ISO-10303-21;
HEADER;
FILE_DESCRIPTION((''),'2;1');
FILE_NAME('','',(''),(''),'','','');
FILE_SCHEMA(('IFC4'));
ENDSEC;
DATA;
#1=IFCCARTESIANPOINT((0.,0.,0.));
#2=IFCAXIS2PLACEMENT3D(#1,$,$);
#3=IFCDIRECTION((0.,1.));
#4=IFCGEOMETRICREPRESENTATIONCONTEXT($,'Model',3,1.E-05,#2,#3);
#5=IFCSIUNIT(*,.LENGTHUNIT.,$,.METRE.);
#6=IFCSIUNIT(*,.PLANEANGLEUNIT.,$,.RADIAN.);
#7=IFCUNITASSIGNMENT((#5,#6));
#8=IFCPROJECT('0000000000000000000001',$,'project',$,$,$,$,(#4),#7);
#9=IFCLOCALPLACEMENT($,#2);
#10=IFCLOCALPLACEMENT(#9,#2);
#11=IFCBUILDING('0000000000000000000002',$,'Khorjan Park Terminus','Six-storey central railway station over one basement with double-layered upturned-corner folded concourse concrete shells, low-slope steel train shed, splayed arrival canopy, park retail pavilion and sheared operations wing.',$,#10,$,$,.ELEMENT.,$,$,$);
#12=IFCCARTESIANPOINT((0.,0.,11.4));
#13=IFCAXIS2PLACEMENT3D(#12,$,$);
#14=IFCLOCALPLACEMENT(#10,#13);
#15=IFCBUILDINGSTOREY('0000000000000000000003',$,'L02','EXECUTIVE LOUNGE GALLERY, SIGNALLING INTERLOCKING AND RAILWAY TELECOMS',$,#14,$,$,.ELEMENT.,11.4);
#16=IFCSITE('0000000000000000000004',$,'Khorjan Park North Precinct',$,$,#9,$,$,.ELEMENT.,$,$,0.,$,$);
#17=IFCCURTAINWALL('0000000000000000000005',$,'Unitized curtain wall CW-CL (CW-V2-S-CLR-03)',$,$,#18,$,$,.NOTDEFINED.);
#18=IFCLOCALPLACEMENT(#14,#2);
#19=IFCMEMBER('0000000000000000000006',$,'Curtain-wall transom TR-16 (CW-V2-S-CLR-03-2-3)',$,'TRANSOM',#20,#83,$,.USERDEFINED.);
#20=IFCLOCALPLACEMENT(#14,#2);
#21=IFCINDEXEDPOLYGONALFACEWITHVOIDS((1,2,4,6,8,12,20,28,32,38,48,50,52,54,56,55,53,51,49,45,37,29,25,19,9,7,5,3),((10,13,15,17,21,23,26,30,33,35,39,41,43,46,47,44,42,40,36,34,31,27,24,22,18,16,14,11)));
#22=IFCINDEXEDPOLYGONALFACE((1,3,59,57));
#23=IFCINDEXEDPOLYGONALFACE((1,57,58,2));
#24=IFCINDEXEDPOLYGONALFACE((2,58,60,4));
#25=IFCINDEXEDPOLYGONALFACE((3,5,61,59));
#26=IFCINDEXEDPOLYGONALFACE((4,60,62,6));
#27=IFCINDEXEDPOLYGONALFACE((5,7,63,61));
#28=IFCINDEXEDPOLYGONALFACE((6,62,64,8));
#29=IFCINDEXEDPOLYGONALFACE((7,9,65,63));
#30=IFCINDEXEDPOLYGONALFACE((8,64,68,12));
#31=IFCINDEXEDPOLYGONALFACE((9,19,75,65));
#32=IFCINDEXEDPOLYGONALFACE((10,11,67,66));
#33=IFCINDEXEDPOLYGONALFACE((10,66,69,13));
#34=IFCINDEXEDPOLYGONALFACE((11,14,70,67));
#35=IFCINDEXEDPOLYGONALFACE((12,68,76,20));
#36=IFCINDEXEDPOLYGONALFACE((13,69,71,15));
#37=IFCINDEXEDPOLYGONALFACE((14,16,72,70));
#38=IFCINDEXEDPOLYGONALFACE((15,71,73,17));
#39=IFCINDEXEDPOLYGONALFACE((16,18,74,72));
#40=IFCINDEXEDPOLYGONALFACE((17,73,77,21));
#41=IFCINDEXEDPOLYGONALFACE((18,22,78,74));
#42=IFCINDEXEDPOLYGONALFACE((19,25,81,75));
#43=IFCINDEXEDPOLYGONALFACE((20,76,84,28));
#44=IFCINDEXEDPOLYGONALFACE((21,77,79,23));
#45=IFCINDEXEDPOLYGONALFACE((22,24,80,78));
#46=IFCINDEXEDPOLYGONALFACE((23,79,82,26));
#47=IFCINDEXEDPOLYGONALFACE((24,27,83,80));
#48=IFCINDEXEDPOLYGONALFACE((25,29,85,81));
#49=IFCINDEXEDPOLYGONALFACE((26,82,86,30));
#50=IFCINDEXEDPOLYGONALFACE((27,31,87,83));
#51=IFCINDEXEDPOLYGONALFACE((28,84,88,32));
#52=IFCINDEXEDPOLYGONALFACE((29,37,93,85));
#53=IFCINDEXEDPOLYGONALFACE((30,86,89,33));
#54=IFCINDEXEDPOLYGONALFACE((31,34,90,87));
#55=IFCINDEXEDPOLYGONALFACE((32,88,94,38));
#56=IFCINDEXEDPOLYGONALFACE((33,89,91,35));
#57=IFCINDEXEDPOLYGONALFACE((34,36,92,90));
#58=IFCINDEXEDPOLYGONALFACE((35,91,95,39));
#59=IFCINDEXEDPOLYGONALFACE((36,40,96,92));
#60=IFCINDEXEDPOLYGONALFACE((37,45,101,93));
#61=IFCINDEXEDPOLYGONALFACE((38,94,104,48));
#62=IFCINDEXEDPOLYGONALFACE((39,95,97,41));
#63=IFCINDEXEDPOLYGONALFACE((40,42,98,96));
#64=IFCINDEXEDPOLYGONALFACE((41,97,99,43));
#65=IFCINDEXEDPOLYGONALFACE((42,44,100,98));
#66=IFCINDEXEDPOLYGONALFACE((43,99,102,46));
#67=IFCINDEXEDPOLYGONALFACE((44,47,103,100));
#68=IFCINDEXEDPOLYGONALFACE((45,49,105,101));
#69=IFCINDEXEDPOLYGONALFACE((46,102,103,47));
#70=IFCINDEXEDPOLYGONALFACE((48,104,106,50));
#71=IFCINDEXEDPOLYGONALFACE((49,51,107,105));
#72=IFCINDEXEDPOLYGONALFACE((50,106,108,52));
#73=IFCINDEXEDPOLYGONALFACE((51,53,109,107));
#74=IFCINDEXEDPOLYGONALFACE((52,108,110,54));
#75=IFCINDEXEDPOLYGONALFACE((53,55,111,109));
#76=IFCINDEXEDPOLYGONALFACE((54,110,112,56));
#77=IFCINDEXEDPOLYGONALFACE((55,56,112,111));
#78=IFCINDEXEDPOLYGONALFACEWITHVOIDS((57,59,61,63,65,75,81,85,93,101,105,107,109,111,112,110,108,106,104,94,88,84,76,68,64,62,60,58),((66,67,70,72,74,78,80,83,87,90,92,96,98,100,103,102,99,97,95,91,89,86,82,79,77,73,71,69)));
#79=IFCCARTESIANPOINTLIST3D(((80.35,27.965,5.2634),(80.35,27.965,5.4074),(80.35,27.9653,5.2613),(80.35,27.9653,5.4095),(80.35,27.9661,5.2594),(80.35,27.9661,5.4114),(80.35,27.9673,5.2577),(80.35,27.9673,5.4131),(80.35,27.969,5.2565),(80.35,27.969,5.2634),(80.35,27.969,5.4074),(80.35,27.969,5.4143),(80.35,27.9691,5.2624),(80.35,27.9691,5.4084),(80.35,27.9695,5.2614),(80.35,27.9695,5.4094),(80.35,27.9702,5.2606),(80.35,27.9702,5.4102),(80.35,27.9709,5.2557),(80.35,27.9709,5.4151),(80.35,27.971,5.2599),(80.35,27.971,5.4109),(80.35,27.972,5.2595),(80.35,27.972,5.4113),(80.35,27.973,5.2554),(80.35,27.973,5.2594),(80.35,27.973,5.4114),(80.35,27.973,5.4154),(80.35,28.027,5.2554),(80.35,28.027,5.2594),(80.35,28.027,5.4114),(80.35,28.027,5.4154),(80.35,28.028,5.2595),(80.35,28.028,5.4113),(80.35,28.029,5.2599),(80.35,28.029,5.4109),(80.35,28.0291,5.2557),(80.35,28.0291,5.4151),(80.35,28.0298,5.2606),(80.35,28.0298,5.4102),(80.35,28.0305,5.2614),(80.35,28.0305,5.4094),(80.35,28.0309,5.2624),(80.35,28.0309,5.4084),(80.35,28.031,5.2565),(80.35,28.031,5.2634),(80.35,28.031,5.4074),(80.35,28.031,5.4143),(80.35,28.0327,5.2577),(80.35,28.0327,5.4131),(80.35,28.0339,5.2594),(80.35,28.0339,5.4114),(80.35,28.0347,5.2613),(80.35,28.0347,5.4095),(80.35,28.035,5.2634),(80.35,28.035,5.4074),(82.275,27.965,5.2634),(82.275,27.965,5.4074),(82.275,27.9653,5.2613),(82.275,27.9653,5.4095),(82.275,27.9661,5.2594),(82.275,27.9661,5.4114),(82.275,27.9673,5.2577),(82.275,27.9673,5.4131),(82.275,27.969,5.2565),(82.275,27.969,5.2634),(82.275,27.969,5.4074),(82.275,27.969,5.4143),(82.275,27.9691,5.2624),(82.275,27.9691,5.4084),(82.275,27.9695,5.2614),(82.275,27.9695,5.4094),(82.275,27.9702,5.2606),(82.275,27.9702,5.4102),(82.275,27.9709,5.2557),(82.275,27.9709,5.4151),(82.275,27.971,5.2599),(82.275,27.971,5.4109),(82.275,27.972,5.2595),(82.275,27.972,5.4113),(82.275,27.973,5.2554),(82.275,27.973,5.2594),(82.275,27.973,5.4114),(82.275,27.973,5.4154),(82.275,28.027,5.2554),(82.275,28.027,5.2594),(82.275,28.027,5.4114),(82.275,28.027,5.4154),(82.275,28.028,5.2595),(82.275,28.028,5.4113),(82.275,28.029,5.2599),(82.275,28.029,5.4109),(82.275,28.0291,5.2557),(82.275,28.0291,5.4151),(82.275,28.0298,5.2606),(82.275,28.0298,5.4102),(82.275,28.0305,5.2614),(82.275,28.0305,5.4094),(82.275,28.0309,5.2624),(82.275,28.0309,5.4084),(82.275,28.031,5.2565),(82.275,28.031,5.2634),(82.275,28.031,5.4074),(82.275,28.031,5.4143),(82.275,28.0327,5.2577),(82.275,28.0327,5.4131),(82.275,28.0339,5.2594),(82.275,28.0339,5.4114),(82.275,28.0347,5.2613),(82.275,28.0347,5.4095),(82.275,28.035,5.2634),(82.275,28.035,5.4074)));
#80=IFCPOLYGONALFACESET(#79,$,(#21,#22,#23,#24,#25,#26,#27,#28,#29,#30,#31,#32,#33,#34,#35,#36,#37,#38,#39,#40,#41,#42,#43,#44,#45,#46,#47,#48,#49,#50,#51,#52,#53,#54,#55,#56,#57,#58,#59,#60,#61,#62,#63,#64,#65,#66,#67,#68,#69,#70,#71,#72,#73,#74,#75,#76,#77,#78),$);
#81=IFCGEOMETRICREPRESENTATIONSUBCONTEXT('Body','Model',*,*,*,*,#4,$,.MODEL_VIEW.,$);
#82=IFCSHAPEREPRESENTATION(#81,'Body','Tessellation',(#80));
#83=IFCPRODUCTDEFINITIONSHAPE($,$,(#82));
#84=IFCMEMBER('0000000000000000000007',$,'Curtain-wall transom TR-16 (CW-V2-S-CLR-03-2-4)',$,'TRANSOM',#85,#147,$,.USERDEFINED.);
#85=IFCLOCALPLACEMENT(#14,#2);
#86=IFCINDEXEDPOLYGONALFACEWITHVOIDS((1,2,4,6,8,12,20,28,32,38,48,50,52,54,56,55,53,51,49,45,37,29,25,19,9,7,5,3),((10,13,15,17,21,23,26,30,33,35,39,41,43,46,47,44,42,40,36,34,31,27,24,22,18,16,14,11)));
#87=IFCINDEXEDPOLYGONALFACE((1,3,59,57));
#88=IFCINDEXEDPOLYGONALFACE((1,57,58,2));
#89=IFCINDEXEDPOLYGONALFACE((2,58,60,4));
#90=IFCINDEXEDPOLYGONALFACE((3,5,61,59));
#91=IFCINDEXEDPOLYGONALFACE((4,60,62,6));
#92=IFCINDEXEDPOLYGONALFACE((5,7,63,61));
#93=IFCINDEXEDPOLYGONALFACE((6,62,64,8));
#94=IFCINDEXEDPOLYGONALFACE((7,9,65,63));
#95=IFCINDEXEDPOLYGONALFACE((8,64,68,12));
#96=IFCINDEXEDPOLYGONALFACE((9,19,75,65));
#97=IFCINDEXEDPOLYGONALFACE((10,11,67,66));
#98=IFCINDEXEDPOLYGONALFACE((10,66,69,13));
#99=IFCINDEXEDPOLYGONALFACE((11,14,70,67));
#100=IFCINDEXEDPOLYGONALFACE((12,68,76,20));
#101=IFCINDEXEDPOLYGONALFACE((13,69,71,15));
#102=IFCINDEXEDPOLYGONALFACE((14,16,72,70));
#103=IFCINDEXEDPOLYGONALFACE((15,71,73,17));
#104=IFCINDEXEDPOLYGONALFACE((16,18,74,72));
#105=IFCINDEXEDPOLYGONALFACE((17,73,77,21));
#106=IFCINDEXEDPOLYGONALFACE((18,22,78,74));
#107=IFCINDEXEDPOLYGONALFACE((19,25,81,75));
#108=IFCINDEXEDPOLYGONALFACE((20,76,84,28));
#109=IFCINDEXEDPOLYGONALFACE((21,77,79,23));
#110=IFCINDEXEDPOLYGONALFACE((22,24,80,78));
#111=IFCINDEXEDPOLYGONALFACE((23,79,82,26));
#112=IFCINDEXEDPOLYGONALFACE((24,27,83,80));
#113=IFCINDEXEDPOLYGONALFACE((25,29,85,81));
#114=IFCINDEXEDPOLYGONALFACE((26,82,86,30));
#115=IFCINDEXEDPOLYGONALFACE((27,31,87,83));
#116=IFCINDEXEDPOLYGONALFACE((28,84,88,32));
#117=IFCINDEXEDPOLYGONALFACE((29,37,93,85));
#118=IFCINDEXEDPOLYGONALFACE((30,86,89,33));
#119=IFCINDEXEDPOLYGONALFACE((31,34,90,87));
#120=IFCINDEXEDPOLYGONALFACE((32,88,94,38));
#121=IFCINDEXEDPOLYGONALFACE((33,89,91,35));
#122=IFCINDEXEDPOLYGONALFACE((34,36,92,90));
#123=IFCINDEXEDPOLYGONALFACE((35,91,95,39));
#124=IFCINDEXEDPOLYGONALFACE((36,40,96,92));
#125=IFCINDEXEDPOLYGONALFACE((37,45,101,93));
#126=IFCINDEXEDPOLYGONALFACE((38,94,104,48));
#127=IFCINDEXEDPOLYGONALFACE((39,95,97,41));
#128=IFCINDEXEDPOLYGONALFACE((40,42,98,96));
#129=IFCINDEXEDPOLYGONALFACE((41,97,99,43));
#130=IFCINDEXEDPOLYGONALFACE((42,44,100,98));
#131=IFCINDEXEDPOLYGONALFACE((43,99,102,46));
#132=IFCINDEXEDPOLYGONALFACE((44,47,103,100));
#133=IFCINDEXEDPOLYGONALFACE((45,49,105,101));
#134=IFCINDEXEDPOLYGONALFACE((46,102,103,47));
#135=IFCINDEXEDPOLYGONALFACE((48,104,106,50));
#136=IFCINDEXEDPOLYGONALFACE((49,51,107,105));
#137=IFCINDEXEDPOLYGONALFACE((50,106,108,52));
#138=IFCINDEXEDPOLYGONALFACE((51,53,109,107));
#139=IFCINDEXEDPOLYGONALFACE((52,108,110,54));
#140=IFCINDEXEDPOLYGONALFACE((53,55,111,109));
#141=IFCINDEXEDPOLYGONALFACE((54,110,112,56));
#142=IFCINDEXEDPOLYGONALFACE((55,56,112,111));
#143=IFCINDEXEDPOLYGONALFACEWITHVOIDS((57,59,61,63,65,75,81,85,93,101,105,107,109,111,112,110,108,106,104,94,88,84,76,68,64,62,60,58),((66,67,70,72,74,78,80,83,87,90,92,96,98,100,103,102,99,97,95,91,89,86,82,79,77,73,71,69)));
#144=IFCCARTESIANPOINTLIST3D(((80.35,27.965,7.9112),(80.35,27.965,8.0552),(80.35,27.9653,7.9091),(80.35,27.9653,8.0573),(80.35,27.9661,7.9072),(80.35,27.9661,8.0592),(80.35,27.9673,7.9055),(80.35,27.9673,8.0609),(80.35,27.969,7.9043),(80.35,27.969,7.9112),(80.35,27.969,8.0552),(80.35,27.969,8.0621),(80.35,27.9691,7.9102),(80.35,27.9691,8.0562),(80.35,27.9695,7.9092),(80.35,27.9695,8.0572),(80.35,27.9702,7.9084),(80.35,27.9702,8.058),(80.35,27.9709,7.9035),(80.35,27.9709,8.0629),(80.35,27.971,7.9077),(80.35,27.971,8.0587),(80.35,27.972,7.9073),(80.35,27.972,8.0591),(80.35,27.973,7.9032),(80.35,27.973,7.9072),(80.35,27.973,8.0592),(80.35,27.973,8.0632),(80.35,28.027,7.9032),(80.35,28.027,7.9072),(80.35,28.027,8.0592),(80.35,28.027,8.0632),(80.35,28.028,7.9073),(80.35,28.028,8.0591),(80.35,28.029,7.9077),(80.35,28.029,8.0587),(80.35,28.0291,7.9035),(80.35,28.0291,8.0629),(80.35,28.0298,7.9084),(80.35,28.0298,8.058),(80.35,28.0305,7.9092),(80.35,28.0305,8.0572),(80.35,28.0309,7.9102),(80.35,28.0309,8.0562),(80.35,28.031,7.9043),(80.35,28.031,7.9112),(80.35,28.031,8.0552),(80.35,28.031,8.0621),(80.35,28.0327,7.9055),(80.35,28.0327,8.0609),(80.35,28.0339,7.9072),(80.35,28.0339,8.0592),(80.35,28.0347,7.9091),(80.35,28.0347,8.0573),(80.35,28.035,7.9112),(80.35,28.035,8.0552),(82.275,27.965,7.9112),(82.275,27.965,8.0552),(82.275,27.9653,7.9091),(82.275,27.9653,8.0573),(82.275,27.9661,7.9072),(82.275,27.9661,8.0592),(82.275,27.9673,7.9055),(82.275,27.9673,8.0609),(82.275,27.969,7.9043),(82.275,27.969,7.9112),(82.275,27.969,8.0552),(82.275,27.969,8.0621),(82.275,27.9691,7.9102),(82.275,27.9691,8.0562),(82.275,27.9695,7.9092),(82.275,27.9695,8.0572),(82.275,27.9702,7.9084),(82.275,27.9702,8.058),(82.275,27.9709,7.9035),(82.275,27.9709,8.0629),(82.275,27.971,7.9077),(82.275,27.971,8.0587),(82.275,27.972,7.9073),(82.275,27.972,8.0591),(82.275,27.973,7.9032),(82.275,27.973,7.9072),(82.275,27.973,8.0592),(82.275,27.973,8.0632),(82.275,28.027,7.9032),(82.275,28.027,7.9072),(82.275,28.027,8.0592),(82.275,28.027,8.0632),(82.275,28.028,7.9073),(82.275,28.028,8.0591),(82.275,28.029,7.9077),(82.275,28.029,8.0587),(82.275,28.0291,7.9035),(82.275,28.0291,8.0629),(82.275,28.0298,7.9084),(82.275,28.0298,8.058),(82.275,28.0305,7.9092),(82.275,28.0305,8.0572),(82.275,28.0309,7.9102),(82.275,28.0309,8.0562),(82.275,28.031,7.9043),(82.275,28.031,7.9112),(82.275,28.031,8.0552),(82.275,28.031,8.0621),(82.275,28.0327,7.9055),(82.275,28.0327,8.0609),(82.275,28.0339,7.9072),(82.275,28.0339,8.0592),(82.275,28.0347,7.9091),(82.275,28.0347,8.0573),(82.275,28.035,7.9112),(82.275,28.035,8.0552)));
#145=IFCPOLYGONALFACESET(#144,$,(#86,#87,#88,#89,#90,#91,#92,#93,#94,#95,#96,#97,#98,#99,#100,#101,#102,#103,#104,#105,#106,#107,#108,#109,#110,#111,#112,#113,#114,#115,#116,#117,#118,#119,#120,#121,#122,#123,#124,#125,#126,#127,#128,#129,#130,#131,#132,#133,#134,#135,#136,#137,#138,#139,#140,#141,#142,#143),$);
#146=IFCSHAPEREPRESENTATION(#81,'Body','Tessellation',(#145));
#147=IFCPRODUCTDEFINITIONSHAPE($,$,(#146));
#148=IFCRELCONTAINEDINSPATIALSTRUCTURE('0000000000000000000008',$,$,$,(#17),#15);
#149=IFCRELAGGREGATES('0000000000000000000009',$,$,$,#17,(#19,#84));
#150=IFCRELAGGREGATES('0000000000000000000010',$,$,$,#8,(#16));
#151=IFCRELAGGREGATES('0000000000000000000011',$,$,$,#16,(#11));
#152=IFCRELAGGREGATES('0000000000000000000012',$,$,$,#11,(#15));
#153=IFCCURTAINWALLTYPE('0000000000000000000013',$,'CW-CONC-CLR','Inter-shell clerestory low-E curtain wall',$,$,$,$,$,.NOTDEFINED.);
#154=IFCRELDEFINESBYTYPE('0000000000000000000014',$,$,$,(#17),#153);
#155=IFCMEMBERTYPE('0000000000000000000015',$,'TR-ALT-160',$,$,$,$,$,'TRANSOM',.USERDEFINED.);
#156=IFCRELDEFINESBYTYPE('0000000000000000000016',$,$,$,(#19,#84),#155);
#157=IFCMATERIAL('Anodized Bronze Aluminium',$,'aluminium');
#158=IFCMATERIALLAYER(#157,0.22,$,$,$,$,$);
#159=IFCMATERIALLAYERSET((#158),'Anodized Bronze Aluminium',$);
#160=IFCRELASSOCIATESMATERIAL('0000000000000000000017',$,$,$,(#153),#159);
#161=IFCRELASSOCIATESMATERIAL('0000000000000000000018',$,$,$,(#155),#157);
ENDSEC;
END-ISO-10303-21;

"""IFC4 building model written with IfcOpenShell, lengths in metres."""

from ifc_helpers import new_model, si_unit, direction, frame, origin, origin_2d, place, context, subcontext, project, spatial, hollow_rectangle, extrude, material, layer, layer_set, material_profile, profile_set, type_object, element, aggregate, save


model = new_model("IFC4")

# Units and contexts
model_context = context("Model", 3, precision=1e-05, world=origin(), true_north=direction((0.0, 1.0)))
body_context = subcontext(model_context, "Body", "Model", "MODEL_VIEW")
ifc_project = project(units=[si_unit("LENGTHUNIT", "METRE"), si_unit("PLANEANGLEUNIT", "RADIAN")], contexts=[model_context])

# Site, building, storey
site_placement = place(None, origin())
site = spatial("IfcSite", under=ifc_project, at=site_placement, Name="Khorjan Park North Precinct", CompositionType="ELEMENT", RefElevation=0.0)
building_placement = place(site_placement, origin())
building = spatial("IfcBuilding", under=site, at=building_placement, Name="Khorjan Park Terminus", Description="Six-storey central railway station over one basement with double-layered upturned-corner folded concourse concrete shells, low-slope steel train shed, splayed arrival canopy, park retail pavilion and sheared operations wing.", CompositionType="ELEMENT")
storey_placement = place(building_placement, frame((0.0, 0.0, 11.4)))
storey = spatial("IfcBuildingStorey", under=building, at=storey_placement, Name="L02", Description="EXECUTIVE LOUNGE GALLERY, SIGNALLING INTERLOCKING AND RAILWAY TELECOMS", CompositionType="ELEMENT", Elevation=11.4)

# Curtain wall
ifc_material_1 = material(Name="Anodized Bronze Aluminium", Category="aluminium")
ifc_layer_1 = layer(ifc_material_1, 0.22)
ifc_layer_set_1 = layer_set([ifc_layer_1], Name="Anodized Bronze Aluminium")
curtain_wall_type = type_object("IfcCurtainWallType", Name="CW-CONC-CLR", Description="Inter-shell clerestory low-E curtain wall", PredefinedType="NOTDEFINED", material=ifc_layer_set_1)
curtain_wall_1_placement = place(storey_placement, origin())
curtain_wall_1 = element("IfcCurtainWall", 1, at=curtain_wall_1_placement, inside=storey, type_object=curtain_wall_type, Name="Unitized curtain wall CW-CL (CW-V2-S-CLR-03)", PredefinedType="NOTDEFINED")

# Members
ifc_material_profile_1 = material_profile(ifc_material_1, hollow_rectangle(XDim=0.07, YDim=0.16, WallThickness=0.004, InnerFilletRadius=0.004, OuterFilletRadius=0.008, at=origin_2d()), Name="ALT 70x160x4")
ifc_profile_set_1 = profile_set([ifc_material_profile_1], Name="Anodized Bronze Aluminium")
member_type_1 = type_object("IfcMemberType", Name="TR-ALT-160", ElementType="TRANSOM", PredefinedType="USERDEFINED", material=ifc_profile_set_1)
member_1_placement = place(storey_placement, frame((80.35, 28.0, 5.3354), z_axis=(1.0, 0.0, 0.0), x_axis=(0.0, 1.0, 0.0)))
member_1 = element("IfcMember", 2, at=member_1_placement, type_object=member_type_1, Name="Curtain-wall transom TR-16 (CW-V2-S-CLR-03-2-3)", ObjectType="TRANSOM", PredefinedType="USERDEFINED", context=body_context, shape_type="SweptSolid", body=[
    extrude(hollow_rectangle(XDim=0.07, YDim=0.16, WallThickness=0.004, InnerFilletRadius=0.004, OuterFilletRadius=0.008, at=origin_2d()), origin(), (0.0, 0.0, 1.0), 1.925),
])
member_2_placement = place(storey_placement, frame((80.35, 28.0, 7.9832), z_axis=(1.0, 0.0, 0.0), x_axis=(0.0, 1.0, 0.0)))
member_2 = element("IfcMember", 3, at=member_2_placement, type_object=member_type_1, Name="Curtain-wall transom TR-16 (CW-V2-S-CLR-03-2-4)", ObjectType="TRANSOM", PredefinedType="USERDEFINED", context=body_context, shape_type="SweptSolid", body=[
    extrude(hollow_rectangle(XDim=0.07, YDim=0.16, WallThickness=0.004, InnerFilletRadius=0.004, OuterFilletRadius=0.008, at=origin_2d()), origin(), (0.0, 0.0, 1.0), 1.925),
])

aggregate(curtain_wall_1, [member_1, member_2])

save(model, "model.ifc")
